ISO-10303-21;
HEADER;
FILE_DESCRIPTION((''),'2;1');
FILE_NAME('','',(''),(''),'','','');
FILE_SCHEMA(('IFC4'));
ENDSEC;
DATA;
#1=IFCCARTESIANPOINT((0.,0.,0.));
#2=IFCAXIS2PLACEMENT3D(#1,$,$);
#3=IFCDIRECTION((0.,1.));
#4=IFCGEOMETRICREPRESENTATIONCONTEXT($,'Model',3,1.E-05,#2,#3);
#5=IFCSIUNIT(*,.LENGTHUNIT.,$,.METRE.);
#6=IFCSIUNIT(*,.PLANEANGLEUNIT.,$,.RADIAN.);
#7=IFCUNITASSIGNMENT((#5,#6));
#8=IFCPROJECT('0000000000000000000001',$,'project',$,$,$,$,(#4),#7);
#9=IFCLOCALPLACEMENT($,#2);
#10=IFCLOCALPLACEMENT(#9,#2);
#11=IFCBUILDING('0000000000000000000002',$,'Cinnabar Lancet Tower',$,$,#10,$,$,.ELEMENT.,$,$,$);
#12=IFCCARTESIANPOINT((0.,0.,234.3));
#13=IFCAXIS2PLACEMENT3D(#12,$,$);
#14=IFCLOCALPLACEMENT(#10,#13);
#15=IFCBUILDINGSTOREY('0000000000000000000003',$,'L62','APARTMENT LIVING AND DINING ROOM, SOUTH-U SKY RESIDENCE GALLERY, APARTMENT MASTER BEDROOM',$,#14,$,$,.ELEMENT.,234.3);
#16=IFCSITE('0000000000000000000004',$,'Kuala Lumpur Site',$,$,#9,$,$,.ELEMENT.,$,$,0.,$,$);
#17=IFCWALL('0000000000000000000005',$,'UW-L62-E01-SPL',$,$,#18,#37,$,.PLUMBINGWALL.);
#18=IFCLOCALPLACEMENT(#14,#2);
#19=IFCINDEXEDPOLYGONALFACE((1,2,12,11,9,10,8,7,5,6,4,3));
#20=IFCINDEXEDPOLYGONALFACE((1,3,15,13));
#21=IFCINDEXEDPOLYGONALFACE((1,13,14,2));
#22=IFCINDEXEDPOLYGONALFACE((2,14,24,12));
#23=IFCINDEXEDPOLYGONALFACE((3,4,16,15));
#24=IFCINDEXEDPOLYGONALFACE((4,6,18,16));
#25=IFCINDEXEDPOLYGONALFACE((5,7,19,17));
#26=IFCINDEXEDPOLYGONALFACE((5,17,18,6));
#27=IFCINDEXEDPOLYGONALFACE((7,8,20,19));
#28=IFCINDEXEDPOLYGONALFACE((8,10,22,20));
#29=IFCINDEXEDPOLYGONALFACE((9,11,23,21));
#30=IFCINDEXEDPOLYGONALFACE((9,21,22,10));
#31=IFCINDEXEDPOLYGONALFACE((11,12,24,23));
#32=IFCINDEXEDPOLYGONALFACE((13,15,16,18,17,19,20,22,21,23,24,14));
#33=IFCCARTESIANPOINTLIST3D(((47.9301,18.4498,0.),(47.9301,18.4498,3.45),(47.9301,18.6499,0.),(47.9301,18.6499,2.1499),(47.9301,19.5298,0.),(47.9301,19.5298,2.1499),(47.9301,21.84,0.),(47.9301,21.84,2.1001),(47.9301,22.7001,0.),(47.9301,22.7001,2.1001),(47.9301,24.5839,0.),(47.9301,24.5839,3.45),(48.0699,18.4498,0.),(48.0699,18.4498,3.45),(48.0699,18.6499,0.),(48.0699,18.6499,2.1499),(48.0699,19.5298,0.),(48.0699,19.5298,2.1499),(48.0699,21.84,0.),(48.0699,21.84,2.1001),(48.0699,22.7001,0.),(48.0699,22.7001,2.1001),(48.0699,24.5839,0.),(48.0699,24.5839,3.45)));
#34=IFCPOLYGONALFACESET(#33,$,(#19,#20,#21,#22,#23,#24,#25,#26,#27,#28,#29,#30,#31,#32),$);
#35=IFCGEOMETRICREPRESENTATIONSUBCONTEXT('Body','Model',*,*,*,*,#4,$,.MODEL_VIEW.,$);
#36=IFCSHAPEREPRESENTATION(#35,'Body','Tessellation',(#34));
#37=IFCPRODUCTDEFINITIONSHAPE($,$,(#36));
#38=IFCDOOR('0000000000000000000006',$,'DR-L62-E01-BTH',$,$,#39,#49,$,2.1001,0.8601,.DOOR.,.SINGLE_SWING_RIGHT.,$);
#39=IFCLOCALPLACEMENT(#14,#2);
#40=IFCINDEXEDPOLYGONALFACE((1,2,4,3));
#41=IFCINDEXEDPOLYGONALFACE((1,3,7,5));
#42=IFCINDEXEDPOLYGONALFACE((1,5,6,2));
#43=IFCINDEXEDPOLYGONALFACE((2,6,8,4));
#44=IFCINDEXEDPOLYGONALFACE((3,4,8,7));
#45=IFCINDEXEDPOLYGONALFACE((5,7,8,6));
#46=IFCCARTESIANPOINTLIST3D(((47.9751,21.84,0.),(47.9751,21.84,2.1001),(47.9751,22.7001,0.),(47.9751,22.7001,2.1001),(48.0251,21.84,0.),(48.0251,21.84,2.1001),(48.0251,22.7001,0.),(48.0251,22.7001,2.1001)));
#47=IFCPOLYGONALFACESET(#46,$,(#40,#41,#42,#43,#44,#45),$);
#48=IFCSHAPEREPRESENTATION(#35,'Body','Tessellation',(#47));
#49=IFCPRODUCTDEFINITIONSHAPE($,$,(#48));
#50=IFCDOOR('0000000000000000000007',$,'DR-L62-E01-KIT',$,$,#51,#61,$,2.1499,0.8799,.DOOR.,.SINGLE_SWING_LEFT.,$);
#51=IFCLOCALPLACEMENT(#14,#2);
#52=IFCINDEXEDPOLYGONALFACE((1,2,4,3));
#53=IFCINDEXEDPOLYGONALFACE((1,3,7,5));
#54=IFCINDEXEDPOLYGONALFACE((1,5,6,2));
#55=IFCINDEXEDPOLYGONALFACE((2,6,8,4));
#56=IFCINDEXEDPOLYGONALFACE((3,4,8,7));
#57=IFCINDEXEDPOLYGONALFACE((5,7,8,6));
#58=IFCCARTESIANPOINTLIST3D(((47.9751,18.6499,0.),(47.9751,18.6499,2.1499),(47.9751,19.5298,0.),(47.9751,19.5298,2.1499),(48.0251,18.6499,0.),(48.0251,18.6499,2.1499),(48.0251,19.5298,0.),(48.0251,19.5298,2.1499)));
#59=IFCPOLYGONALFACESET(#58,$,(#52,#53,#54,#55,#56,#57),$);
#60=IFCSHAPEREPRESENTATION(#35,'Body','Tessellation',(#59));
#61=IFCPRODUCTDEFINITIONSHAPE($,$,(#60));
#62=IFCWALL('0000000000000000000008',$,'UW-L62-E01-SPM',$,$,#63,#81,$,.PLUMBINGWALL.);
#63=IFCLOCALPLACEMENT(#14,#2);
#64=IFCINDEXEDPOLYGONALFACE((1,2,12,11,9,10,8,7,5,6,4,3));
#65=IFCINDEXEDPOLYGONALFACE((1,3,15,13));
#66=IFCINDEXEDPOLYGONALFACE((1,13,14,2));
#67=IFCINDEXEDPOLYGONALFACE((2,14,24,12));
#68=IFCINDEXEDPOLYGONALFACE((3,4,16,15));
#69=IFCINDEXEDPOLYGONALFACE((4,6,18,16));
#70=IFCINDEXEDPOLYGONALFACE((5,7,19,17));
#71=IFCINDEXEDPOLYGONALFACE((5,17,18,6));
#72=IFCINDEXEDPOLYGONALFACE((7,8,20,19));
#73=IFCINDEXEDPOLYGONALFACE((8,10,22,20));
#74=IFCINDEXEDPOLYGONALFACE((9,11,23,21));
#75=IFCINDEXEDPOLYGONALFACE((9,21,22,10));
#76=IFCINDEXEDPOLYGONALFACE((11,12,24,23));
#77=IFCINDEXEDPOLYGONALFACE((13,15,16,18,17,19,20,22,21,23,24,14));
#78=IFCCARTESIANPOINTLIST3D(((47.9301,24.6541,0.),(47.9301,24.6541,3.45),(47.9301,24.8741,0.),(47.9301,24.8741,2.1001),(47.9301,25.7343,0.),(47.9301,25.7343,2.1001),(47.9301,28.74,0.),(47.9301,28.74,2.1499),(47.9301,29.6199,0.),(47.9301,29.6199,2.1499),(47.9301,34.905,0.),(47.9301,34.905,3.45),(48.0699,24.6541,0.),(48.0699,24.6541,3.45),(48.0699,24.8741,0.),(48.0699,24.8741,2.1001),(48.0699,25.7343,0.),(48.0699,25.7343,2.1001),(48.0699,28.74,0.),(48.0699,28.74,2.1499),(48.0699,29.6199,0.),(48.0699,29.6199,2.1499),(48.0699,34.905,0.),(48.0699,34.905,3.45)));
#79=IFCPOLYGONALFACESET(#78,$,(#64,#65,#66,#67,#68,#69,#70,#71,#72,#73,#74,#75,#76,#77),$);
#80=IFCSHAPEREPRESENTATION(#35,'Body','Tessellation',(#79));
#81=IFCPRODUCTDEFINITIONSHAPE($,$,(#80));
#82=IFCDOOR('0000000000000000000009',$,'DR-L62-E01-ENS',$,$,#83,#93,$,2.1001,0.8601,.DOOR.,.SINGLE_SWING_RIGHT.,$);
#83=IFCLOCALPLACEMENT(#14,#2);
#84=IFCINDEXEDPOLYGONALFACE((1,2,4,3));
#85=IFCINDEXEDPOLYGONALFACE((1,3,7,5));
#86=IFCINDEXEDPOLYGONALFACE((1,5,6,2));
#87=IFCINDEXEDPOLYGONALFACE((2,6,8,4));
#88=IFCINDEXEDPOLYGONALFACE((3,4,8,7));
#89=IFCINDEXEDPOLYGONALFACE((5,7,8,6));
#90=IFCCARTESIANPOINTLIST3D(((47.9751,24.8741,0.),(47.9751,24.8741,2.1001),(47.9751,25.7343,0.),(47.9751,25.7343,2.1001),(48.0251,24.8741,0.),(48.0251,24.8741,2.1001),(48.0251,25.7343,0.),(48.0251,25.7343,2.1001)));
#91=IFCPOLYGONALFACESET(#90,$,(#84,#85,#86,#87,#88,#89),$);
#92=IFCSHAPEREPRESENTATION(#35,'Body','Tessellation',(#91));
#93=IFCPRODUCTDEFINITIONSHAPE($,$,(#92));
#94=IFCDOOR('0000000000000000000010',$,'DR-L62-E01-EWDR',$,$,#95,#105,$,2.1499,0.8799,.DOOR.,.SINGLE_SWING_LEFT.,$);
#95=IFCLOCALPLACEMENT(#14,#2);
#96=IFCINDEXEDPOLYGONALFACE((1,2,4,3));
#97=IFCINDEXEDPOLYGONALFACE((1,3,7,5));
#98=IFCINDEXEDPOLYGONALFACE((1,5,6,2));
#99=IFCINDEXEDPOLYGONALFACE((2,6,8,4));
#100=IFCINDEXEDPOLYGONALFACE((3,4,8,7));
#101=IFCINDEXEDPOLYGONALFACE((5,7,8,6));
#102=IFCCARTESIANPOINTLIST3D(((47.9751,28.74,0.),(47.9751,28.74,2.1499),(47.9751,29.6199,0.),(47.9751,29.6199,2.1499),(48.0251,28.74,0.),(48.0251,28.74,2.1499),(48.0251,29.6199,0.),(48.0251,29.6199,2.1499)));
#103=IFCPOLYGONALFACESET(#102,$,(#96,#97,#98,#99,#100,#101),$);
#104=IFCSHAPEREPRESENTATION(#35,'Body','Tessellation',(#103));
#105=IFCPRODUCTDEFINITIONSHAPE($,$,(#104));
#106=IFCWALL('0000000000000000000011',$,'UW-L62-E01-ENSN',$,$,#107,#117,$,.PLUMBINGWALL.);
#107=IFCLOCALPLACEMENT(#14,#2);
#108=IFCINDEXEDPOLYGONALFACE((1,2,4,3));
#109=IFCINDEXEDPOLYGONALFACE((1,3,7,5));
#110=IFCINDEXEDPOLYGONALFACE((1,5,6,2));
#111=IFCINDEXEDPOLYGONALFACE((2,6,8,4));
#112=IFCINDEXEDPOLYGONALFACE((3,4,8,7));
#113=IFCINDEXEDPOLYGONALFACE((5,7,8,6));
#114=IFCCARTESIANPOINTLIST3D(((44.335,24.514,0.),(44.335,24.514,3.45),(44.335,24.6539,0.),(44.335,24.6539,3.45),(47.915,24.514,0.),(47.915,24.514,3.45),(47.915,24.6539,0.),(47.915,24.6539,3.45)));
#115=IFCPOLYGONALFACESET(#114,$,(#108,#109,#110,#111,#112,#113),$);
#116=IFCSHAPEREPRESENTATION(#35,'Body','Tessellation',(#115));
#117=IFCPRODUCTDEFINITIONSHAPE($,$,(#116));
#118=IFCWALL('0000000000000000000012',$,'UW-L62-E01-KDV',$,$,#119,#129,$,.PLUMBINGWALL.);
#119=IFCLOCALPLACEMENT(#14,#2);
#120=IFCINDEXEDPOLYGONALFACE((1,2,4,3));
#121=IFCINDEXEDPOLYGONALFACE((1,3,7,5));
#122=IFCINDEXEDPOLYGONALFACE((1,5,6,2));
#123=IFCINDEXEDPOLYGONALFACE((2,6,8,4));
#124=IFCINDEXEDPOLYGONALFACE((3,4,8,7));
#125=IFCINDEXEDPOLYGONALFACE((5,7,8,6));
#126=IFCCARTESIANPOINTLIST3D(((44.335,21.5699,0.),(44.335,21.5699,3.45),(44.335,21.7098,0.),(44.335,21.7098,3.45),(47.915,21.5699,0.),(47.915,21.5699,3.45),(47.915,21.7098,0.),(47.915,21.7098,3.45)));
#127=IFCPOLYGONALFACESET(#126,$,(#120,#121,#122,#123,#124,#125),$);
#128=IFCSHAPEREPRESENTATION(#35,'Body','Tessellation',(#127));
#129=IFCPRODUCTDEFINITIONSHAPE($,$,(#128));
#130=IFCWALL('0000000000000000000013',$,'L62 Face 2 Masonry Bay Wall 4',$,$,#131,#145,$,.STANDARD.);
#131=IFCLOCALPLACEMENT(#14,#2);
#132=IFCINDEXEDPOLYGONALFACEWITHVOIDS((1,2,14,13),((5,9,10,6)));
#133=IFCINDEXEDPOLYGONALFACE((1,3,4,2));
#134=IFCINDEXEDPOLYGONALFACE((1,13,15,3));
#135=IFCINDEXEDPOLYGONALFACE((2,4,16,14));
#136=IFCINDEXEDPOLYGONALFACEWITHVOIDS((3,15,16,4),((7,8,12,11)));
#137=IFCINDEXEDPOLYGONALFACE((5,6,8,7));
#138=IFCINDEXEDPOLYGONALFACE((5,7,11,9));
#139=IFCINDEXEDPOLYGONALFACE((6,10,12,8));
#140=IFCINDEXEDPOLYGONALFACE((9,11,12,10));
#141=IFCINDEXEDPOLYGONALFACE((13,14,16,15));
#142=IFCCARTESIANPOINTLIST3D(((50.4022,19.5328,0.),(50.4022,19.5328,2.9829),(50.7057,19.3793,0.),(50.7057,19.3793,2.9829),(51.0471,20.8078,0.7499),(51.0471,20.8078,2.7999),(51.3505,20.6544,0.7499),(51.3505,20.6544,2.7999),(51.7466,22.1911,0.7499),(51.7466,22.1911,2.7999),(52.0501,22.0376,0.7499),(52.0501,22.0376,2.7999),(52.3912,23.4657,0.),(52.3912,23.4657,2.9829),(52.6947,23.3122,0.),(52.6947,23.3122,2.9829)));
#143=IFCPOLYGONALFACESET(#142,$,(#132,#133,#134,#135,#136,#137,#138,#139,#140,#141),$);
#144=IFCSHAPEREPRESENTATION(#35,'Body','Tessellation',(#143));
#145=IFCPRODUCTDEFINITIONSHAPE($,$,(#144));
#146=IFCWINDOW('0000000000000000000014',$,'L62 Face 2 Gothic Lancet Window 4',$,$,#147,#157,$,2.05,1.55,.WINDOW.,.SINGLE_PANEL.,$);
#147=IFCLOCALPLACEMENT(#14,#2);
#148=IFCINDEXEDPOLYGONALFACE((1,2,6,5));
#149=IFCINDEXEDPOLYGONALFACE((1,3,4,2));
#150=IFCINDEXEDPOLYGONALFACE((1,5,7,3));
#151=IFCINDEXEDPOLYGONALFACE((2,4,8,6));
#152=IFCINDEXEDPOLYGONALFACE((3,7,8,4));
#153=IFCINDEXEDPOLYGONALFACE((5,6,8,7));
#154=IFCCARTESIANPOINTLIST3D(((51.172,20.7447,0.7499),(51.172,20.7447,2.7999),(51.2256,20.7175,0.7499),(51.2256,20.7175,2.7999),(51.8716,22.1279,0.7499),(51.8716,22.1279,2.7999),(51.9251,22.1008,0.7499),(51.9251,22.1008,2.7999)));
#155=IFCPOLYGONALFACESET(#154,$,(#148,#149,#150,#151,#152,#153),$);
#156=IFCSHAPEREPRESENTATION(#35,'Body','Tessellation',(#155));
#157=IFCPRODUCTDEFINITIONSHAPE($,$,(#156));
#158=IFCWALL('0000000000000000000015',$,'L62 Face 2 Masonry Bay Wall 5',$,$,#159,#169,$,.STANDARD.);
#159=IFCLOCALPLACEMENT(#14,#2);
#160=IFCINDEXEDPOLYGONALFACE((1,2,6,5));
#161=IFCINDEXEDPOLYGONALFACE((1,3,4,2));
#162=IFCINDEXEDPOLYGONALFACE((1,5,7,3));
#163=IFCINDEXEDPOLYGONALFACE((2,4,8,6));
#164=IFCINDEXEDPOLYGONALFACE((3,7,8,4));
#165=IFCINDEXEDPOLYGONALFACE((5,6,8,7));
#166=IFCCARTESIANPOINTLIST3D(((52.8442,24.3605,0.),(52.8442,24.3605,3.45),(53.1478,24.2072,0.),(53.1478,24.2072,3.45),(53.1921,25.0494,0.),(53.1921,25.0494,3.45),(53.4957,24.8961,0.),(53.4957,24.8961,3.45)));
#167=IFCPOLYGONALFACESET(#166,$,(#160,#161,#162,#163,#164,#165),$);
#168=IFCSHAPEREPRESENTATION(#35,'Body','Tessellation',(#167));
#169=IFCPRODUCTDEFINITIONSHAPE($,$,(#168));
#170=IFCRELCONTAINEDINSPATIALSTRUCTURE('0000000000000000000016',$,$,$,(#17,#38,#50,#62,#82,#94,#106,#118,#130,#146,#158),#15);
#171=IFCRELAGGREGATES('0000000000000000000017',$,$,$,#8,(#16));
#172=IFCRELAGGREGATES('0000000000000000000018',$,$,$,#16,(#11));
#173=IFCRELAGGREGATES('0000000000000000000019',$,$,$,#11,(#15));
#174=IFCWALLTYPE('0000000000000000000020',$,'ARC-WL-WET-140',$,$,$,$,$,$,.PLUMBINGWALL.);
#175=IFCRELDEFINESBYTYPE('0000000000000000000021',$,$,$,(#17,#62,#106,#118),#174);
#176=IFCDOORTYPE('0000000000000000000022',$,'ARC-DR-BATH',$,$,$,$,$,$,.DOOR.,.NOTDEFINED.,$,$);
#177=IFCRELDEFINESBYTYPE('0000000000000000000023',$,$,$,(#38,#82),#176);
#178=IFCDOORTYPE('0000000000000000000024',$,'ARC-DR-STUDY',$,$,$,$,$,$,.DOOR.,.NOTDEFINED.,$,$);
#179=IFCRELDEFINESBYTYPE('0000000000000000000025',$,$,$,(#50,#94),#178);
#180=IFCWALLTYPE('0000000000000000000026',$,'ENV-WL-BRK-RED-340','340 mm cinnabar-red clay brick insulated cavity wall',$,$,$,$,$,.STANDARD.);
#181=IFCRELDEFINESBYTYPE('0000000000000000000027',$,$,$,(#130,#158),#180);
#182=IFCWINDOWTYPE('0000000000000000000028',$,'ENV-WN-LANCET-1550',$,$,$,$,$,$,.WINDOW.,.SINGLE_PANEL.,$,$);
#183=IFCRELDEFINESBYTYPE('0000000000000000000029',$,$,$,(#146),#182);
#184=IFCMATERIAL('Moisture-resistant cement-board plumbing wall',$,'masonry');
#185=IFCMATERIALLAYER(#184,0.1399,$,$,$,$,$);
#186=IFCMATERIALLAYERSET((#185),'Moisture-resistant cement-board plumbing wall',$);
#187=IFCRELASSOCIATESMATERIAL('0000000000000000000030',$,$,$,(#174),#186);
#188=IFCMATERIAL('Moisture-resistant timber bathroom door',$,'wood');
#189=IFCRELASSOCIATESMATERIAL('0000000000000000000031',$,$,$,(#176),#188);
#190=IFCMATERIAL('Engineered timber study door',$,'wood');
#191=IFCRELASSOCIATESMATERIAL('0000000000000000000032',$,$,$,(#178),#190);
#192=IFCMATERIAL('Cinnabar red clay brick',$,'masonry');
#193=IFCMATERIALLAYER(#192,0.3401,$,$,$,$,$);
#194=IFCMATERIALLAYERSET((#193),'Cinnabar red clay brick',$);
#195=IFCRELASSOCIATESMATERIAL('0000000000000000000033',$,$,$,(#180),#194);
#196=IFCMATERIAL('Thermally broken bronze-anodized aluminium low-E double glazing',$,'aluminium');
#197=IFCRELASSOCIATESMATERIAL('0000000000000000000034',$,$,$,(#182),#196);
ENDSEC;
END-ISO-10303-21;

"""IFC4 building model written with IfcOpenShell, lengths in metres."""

from ifc_helpers import new_model, si_unit, direction, frame, frame_2d, origin, place, context, subcontext, project, spatial, rectangle, extrude, material, layer, layer_set, type_object, element, fill, save


model = new_model("IFC4")

# Units and contexts
model_context = context("Model", 3, precision=1e-05, world=origin(), true_north=direction((0.0, 1.0)))
body_context = subcontext(model_context, "Body", "Model", "MODEL_VIEW")
ifc_project = project(units=[si_unit("LENGTHUNIT", "METRE"), si_unit("PLANEANGLEUNIT", "RADIAN")], contexts=[model_context])

# Site, building, storey
site_placement = place(None, origin())
site = spatial("IfcSite", under=ifc_project, at=site_placement, Name="Kuala Lumpur Site", CompositionType="ELEMENT", RefElevation=0.0)
building_placement = place(site_placement, origin())
building = spatial("IfcBuilding", under=site, at=building_placement, Name="Cinnabar Lancet Tower", CompositionType="ELEMENT")
storey_placement = place(building_placement, frame((0.0, 0.0, 234.3)))
storey = spatial("IfcBuildingStorey", under=building, at=storey_placement, Name="L62", Description="APARTMENT LIVING AND DINING ROOM, SOUTH-U SKY RESIDENCE GALLERY, APARTMENT MASTER BEDROOM", CompositionType="ELEMENT", Elevation=234.3)

# Walls, openings, doors
ifc_material_1 = material(Name="Moisture-resistant cement-board plumbing wall", Category="masonry")
ifc_layer_1 = layer(ifc_material_1, 0.1399)
ifc_layer_set_1 = layer_set([ifc_layer_1], Name="Moisture-resistant cement-board plumbing wall")
wall_type_1 = type_object("IfcWallType", Name="ARC-WL-WET-140", PredefinedType="PLUMBINGWALL", material=ifc_layer_set_1)
wall_1_placement = place(storey_placement, frame((48.0, 18.45, 0.0), z_axis=(0.0, 0.0, 1.0), x_axis=(0.0, 1.0, 0.0)))
wall_1 = element("IfcWall", 1, at=wall_1_placement, inside=storey, type_object=wall_type_1, Name="UW-L62-E01-SPL", PredefinedType="PLUMBINGWALL", context=body_context, shape_type="SweptSolid", body=[
    extrude(rectangle(XDim=6.134, YDim=0.1399, at=frame_2d((3.0669, 0.0))), origin(), (0.0, 0.0, 1.0), 3.45),
])
opening_1_placement = place(wall_1_placement, frame((0.2, 0.0, 0.0)))
opening_1 = element("IfcOpeningElement", 2, at=opening_1_placement, cuts=wall_1, PredefinedType="OPENING", context=body_context, shape_type="SweptSolid", body=[
    extrude(rectangle(XDim=0.8799, YDim=2.1499, at=frame_2d((0.4399, 1.075))), frame((0.0, 0.0798, 0.0), z_axis=(0.0, -1.0, 0.0), x_axis=(1.0, 0.0, 0.0)), (0.0, 0.0, 1.0), 0.1599),
])
opening_2_placement = place(wall_1_placement, frame((3.3899, 0.0, 0.0)))
opening_2 = element("IfcOpeningElement", 3, at=opening_2_placement, cuts=wall_1, PredefinedType="OPENING", context=body_context, shape_type="SweptSolid", body=[
    extrude(rectangle(XDim=0.8601, YDim=2.1001, at=frame_2d((0.4302, 1.05))), frame((0.0, 0.0798, 0.0), z_axis=(0.0, -1.0, 0.0), x_axis=(1.0, 0.0, 0.0)), (0.0, 0.0, 1.0), 0.1599),
])
ifc_material_2 = material(Name="Moisture-resistant timber bathroom door", Category="wood")
door_type_1 = type_object("IfcDoorType", Name="ARC-DR-BATH", OperationType="NOTDEFINED", PredefinedType="DOOR", material=ifc_material_2)
door_1_placement = place(opening_2_placement, origin())
door_1 = element("IfcDoor", 4, at=door_1_placement, inside=storey, type_object=door_type_1, Name="DR-L62-E01-BTH", OperationType="SINGLE_SWING_RIGHT", OverallHeight=2.1001, OverallWidth=0.8601, PredefinedType="DOOR", context=body_context, shape_type="SweptSolid", body=[
    extrude(rectangle(XDim=0.8601, YDim=2.1001, at=frame_2d((0.4302, 1.05))), frame((0.0, 0.0249, 0.0), z_axis=(0.0, -1.0, 0.0), x_axis=(1.0, 0.0, 0.0)), (0.0, 0.0, 1.0), 0.05),
])
fill(opening_2, door_1)
ifc_material_3 = material(Name="Engineered timber study door", Category="wood")
door_type_2 = type_object("IfcDoorType", Name="ARC-DR-STUDY", OperationType="NOTDEFINED", PredefinedType="DOOR", material=ifc_material_3)
door_2_placement = place(opening_1_placement, origin())
door_2 = element("IfcDoor", 5, at=door_2_placement, inside=storey, type_object=door_type_2, Name="DR-L62-E01-KIT", OperationType="SINGLE_SWING_LEFT", OverallHeight=2.1499, OverallWidth=0.8799, PredefinedType="DOOR", context=body_context, shape_type="SweptSolid", body=[
    extrude(rectangle(XDim=0.8799, YDim=2.1499, at=frame_2d((0.4399, 1.075))), frame((0.0, 0.0249, 0.0), z_axis=(0.0, -1.0, 0.0), x_axis=(1.0, 0.0, 0.0)), (0.0, 0.0, 1.0), 0.05),
])
fill(opening_1, door_2)
wall_2_placement = place(storey_placement, frame((48.0, 24.6541, 0.0), z_axis=(0.0, 0.0, 1.0), x_axis=(0.0, 1.0, 0.0)))
wall_2 = element("IfcWall", 6, at=wall_2_placement, inside=storey, type_object=wall_type_1, Name="UW-L62-E01-SPM", PredefinedType="PLUMBINGWALL", context=body_context, shape_type="SweptSolid", body=[
    extrude(rectangle(XDim=10.251, YDim=0.1399, at=frame_2d((5.1255, 0.0))), origin(), (0.0, 0.0, 1.0), 3.45),
])
opening_3_placement = place(wall_2_placement, frame((0.22, 0.0, 0.0)))
opening_3 = element("IfcOpeningElement", 7, at=opening_3_placement, cuts=wall_2, PredefinedType="OPENING", context=body_context, shape_type="SweptSolid", body=[
    extrude(rectangle(XDim=0.8601, YDim=2.1001, at=frame_2d((0.4302, 1.05))), frame((0.0, 0.0798, 0.0), z_axis=(0.0, -1.0, 0.0), x_axis=(1.0, 0.0, 0.0)), (0.0, 0.0, 1.0), 0.1599),
])
opening_4_placement = place(wall_2_placement, frame((4.0859, 0.0, 0.0)))
opening_4 = element("IfcOpeningElement", 8, at=opening_4_placement, cuts=wall_2, PredefinedType="OPENING", context=body_context, shape_type="SweptSolid", body=[
    extrude(rectangle(XDim=0.8799, YDim=2.1499, at=frame_2d((0.4399, 1.075))), frame((0.0, 0.0798, 0.0), z_axis=(0.0, -1.0, 0.0), x_axis=(1.0, 0.0, 0.0)), (0.0, 0.0, 1.0), 0.1599),
])
door_3_placement = place(opening_3_placement, origin())
door_3 = element("IfcDoor", 9, at=door_3_placement, inside=storey, type_object=door_type_1, Name="DR-L62-E01-ENS", OperationType="SINGLE_SWING_RIGHT", OverallHeight=2.1001, OverallWidth=0.8601, PredefinedType="DOOR", context=body_context, shape_type="SweptSolid", body=[
    extrude(rectangle(XDim=0.8601, YDim=2.1001, at=frame_2d((0.4302, 1.05))), frame((0.0, 0.0249, 0.0), z_axis=(0.0, -1.0, 0.0), x_axis=(1.0, 0.0, 0.0)), (0.0, 0.0, 1.0), 0.05),
])
fill(opening_3, door_3)
door_4_placement = place(opening_4_placement, origin())
door_4 = element("IfcDoor", 10, at=door_4_placement, inside=storey, type_object=door_type_2, Name="DR-L62-E01-EWDR", OperationType="SINGLE_SWING_LEFT", OverallHeight=2.1499, OverallWidth=0.8799, PredefinedType="DOOR", context=body_context, shape_type="SweptSolid", body=[
    extrude(rectangle(XDim=0.8799, YDim=2.1499, at=frame_2d((0.4399, 1.075))), frame((0.0, 0.0249, 0.0), z_axis=(0.0, -1.0, 0.0), x_axis=(1.0, 0.0, 0.0)), (0.0, 0.0, 1.0), 0.05),
])
fill(opening_4, door_4)

# Walls
for number, where, z_axis, x_axis, name in (
    (11, (44.335, 24.584, 0.0), (0.0, 0.0, 1.0), (1.0, 0.0, 0.0), "UW-L62-E01-ENSN"),
    (12, (44.335, 21.6399, 0.0), (0.0, 0.0, 1.0), (1.0, 0.0, 0.0), "UW-L62-E01-KDV"),
):
    element("IfcWall", number, at=place(storey_placement, frame(where, z_axis=z_axis, x_axis=x_axis)), inside=storey, type_object=wall_type_1, Name=name, PredefinedType="PLUMBINGWALL", context=body_context, shape_type="SweptSolid", body=[
        extrude(rectangle(XDim=3.5801, YDim=0.1399, at=frame_2d((1.79, 0.0))), origin(), (0.0, 0.0, 1.0), 3.45),
    ])

# Wall, opening, window
ifc_material_4 = material(Name="Cinnabar red clay brick", Category="masonry")
ifc_layer_2 = layer(ifc_material_4, 0.3401)
ifc_layer_set_2 = layer_set([ifc_layer_2], Name="Cinnabar red clay brick")
wall_type_2 = type_object("IfcWallType", Name="ENV-WL-BRK-RED-340", Description="340 mm cinnabar-red clay brick insulated cavity wall", PredefinedType="STANDARD", material=ifc_layer_set_2)
wall_3_placement = place(storey_placement, frame((50.554, 19.4561, 0.0), z_axis=(0.0, 0.0, 1.0), x_axis=(0.451308, 0.892368, 0.0)))
wall_3 = element("IfcWall", 13, at=wall_3_placement, inside=storey, type_object=wall_type_2, Name="L62 Face 2 Masonry Bay Wall 4", PredefinedType="STANDARD", context=body_context, shape_type="SweptSolid", body=[
    extrude(rectangle(XDim=4.4072, YDim=0.3401, at=frame_2d((2.2036, 0.0))), origin(), (0.0, 0.0, 1.0), 2.9829),
])
opening_5_placement = place(wall_3_placement, frame((1.429, 0.0, 0.75)))
opening_5 = element("IfcOpeningElement", 14, at=opening_5_placement, cuts=wall_3, PredefinedType="OPENING", context=body_context, shape_type="SweptSolid", body=[
    extrude(rectangle(XDim=1.55, YDim=2.05, at=frame_2d((0.7749, 1.0249))), frame((0.0, 0.1799, 0.0), z_axis=(0.0, -1.0, 0.0), x_axis=(1.0, 0.0, 0.0)), (0.0, 0.0, 1.0), 0.3601),
])
ifc_material_5 = material(Name="Thermally broken bronze-anodized aluminium low-E double glazing", Category="aluminium")
window_type = type_object("IfcWindowType", Name="ENV-WN-LANCET-1550", PartitioningType="SINGLE_PANEL", PredefinedType="WINDOW", material=ifc_material_5)
window_placement = place(opening_5_placement, origin())
window = element("IfcWindow", 15, at=window_placement, inside=storey, type_object=window_type, Name="L62 Face 2 Gothic Lancet Window 4", OverallHeight=2.05, OverallWidth=1.55, PartitioningType="SINGLE_PANEL", PredefinedType="WINDOW", context=body_context, shape_type="SweptSolid", body=[
    extrude(rectangle(XDim=1.55, YDim=2.05, at=frame_2d((0.7749, 1.0249))), frame((0.0, 0.03, 0.0), z_axis=(0.0, -1.0, 0.0), x_axis=(1.0, 0.0, 0.0)), (0.0, 0.0, 1.0), 0.0601),
])
fill(opening_5, window)

# Wall
wall_4_placement = place(storey_placement, frame((52.9961, 24.2839, 0.0), z_axis=(0.0, 0.0, 1.0), x_axis=(0.450753, 0.892649, 0.0)))
element("IfcWall", 16, at=wall_4_placement, inside=storey, type_object=wall_type_2, Name="L62 Face 2 Masonry Bay Wall 5", PredefinedType="STANDARD", context=body_context, shape_type="SweptSolid", body=[
    extrude(rectangle(XDim=0.7717, YDim=0.3401, at=frame_2d((0.3857, 0.0))), origin(), (0.0, 0.0, 1.0), 3.45),
])

save(model, "model.ifc")
